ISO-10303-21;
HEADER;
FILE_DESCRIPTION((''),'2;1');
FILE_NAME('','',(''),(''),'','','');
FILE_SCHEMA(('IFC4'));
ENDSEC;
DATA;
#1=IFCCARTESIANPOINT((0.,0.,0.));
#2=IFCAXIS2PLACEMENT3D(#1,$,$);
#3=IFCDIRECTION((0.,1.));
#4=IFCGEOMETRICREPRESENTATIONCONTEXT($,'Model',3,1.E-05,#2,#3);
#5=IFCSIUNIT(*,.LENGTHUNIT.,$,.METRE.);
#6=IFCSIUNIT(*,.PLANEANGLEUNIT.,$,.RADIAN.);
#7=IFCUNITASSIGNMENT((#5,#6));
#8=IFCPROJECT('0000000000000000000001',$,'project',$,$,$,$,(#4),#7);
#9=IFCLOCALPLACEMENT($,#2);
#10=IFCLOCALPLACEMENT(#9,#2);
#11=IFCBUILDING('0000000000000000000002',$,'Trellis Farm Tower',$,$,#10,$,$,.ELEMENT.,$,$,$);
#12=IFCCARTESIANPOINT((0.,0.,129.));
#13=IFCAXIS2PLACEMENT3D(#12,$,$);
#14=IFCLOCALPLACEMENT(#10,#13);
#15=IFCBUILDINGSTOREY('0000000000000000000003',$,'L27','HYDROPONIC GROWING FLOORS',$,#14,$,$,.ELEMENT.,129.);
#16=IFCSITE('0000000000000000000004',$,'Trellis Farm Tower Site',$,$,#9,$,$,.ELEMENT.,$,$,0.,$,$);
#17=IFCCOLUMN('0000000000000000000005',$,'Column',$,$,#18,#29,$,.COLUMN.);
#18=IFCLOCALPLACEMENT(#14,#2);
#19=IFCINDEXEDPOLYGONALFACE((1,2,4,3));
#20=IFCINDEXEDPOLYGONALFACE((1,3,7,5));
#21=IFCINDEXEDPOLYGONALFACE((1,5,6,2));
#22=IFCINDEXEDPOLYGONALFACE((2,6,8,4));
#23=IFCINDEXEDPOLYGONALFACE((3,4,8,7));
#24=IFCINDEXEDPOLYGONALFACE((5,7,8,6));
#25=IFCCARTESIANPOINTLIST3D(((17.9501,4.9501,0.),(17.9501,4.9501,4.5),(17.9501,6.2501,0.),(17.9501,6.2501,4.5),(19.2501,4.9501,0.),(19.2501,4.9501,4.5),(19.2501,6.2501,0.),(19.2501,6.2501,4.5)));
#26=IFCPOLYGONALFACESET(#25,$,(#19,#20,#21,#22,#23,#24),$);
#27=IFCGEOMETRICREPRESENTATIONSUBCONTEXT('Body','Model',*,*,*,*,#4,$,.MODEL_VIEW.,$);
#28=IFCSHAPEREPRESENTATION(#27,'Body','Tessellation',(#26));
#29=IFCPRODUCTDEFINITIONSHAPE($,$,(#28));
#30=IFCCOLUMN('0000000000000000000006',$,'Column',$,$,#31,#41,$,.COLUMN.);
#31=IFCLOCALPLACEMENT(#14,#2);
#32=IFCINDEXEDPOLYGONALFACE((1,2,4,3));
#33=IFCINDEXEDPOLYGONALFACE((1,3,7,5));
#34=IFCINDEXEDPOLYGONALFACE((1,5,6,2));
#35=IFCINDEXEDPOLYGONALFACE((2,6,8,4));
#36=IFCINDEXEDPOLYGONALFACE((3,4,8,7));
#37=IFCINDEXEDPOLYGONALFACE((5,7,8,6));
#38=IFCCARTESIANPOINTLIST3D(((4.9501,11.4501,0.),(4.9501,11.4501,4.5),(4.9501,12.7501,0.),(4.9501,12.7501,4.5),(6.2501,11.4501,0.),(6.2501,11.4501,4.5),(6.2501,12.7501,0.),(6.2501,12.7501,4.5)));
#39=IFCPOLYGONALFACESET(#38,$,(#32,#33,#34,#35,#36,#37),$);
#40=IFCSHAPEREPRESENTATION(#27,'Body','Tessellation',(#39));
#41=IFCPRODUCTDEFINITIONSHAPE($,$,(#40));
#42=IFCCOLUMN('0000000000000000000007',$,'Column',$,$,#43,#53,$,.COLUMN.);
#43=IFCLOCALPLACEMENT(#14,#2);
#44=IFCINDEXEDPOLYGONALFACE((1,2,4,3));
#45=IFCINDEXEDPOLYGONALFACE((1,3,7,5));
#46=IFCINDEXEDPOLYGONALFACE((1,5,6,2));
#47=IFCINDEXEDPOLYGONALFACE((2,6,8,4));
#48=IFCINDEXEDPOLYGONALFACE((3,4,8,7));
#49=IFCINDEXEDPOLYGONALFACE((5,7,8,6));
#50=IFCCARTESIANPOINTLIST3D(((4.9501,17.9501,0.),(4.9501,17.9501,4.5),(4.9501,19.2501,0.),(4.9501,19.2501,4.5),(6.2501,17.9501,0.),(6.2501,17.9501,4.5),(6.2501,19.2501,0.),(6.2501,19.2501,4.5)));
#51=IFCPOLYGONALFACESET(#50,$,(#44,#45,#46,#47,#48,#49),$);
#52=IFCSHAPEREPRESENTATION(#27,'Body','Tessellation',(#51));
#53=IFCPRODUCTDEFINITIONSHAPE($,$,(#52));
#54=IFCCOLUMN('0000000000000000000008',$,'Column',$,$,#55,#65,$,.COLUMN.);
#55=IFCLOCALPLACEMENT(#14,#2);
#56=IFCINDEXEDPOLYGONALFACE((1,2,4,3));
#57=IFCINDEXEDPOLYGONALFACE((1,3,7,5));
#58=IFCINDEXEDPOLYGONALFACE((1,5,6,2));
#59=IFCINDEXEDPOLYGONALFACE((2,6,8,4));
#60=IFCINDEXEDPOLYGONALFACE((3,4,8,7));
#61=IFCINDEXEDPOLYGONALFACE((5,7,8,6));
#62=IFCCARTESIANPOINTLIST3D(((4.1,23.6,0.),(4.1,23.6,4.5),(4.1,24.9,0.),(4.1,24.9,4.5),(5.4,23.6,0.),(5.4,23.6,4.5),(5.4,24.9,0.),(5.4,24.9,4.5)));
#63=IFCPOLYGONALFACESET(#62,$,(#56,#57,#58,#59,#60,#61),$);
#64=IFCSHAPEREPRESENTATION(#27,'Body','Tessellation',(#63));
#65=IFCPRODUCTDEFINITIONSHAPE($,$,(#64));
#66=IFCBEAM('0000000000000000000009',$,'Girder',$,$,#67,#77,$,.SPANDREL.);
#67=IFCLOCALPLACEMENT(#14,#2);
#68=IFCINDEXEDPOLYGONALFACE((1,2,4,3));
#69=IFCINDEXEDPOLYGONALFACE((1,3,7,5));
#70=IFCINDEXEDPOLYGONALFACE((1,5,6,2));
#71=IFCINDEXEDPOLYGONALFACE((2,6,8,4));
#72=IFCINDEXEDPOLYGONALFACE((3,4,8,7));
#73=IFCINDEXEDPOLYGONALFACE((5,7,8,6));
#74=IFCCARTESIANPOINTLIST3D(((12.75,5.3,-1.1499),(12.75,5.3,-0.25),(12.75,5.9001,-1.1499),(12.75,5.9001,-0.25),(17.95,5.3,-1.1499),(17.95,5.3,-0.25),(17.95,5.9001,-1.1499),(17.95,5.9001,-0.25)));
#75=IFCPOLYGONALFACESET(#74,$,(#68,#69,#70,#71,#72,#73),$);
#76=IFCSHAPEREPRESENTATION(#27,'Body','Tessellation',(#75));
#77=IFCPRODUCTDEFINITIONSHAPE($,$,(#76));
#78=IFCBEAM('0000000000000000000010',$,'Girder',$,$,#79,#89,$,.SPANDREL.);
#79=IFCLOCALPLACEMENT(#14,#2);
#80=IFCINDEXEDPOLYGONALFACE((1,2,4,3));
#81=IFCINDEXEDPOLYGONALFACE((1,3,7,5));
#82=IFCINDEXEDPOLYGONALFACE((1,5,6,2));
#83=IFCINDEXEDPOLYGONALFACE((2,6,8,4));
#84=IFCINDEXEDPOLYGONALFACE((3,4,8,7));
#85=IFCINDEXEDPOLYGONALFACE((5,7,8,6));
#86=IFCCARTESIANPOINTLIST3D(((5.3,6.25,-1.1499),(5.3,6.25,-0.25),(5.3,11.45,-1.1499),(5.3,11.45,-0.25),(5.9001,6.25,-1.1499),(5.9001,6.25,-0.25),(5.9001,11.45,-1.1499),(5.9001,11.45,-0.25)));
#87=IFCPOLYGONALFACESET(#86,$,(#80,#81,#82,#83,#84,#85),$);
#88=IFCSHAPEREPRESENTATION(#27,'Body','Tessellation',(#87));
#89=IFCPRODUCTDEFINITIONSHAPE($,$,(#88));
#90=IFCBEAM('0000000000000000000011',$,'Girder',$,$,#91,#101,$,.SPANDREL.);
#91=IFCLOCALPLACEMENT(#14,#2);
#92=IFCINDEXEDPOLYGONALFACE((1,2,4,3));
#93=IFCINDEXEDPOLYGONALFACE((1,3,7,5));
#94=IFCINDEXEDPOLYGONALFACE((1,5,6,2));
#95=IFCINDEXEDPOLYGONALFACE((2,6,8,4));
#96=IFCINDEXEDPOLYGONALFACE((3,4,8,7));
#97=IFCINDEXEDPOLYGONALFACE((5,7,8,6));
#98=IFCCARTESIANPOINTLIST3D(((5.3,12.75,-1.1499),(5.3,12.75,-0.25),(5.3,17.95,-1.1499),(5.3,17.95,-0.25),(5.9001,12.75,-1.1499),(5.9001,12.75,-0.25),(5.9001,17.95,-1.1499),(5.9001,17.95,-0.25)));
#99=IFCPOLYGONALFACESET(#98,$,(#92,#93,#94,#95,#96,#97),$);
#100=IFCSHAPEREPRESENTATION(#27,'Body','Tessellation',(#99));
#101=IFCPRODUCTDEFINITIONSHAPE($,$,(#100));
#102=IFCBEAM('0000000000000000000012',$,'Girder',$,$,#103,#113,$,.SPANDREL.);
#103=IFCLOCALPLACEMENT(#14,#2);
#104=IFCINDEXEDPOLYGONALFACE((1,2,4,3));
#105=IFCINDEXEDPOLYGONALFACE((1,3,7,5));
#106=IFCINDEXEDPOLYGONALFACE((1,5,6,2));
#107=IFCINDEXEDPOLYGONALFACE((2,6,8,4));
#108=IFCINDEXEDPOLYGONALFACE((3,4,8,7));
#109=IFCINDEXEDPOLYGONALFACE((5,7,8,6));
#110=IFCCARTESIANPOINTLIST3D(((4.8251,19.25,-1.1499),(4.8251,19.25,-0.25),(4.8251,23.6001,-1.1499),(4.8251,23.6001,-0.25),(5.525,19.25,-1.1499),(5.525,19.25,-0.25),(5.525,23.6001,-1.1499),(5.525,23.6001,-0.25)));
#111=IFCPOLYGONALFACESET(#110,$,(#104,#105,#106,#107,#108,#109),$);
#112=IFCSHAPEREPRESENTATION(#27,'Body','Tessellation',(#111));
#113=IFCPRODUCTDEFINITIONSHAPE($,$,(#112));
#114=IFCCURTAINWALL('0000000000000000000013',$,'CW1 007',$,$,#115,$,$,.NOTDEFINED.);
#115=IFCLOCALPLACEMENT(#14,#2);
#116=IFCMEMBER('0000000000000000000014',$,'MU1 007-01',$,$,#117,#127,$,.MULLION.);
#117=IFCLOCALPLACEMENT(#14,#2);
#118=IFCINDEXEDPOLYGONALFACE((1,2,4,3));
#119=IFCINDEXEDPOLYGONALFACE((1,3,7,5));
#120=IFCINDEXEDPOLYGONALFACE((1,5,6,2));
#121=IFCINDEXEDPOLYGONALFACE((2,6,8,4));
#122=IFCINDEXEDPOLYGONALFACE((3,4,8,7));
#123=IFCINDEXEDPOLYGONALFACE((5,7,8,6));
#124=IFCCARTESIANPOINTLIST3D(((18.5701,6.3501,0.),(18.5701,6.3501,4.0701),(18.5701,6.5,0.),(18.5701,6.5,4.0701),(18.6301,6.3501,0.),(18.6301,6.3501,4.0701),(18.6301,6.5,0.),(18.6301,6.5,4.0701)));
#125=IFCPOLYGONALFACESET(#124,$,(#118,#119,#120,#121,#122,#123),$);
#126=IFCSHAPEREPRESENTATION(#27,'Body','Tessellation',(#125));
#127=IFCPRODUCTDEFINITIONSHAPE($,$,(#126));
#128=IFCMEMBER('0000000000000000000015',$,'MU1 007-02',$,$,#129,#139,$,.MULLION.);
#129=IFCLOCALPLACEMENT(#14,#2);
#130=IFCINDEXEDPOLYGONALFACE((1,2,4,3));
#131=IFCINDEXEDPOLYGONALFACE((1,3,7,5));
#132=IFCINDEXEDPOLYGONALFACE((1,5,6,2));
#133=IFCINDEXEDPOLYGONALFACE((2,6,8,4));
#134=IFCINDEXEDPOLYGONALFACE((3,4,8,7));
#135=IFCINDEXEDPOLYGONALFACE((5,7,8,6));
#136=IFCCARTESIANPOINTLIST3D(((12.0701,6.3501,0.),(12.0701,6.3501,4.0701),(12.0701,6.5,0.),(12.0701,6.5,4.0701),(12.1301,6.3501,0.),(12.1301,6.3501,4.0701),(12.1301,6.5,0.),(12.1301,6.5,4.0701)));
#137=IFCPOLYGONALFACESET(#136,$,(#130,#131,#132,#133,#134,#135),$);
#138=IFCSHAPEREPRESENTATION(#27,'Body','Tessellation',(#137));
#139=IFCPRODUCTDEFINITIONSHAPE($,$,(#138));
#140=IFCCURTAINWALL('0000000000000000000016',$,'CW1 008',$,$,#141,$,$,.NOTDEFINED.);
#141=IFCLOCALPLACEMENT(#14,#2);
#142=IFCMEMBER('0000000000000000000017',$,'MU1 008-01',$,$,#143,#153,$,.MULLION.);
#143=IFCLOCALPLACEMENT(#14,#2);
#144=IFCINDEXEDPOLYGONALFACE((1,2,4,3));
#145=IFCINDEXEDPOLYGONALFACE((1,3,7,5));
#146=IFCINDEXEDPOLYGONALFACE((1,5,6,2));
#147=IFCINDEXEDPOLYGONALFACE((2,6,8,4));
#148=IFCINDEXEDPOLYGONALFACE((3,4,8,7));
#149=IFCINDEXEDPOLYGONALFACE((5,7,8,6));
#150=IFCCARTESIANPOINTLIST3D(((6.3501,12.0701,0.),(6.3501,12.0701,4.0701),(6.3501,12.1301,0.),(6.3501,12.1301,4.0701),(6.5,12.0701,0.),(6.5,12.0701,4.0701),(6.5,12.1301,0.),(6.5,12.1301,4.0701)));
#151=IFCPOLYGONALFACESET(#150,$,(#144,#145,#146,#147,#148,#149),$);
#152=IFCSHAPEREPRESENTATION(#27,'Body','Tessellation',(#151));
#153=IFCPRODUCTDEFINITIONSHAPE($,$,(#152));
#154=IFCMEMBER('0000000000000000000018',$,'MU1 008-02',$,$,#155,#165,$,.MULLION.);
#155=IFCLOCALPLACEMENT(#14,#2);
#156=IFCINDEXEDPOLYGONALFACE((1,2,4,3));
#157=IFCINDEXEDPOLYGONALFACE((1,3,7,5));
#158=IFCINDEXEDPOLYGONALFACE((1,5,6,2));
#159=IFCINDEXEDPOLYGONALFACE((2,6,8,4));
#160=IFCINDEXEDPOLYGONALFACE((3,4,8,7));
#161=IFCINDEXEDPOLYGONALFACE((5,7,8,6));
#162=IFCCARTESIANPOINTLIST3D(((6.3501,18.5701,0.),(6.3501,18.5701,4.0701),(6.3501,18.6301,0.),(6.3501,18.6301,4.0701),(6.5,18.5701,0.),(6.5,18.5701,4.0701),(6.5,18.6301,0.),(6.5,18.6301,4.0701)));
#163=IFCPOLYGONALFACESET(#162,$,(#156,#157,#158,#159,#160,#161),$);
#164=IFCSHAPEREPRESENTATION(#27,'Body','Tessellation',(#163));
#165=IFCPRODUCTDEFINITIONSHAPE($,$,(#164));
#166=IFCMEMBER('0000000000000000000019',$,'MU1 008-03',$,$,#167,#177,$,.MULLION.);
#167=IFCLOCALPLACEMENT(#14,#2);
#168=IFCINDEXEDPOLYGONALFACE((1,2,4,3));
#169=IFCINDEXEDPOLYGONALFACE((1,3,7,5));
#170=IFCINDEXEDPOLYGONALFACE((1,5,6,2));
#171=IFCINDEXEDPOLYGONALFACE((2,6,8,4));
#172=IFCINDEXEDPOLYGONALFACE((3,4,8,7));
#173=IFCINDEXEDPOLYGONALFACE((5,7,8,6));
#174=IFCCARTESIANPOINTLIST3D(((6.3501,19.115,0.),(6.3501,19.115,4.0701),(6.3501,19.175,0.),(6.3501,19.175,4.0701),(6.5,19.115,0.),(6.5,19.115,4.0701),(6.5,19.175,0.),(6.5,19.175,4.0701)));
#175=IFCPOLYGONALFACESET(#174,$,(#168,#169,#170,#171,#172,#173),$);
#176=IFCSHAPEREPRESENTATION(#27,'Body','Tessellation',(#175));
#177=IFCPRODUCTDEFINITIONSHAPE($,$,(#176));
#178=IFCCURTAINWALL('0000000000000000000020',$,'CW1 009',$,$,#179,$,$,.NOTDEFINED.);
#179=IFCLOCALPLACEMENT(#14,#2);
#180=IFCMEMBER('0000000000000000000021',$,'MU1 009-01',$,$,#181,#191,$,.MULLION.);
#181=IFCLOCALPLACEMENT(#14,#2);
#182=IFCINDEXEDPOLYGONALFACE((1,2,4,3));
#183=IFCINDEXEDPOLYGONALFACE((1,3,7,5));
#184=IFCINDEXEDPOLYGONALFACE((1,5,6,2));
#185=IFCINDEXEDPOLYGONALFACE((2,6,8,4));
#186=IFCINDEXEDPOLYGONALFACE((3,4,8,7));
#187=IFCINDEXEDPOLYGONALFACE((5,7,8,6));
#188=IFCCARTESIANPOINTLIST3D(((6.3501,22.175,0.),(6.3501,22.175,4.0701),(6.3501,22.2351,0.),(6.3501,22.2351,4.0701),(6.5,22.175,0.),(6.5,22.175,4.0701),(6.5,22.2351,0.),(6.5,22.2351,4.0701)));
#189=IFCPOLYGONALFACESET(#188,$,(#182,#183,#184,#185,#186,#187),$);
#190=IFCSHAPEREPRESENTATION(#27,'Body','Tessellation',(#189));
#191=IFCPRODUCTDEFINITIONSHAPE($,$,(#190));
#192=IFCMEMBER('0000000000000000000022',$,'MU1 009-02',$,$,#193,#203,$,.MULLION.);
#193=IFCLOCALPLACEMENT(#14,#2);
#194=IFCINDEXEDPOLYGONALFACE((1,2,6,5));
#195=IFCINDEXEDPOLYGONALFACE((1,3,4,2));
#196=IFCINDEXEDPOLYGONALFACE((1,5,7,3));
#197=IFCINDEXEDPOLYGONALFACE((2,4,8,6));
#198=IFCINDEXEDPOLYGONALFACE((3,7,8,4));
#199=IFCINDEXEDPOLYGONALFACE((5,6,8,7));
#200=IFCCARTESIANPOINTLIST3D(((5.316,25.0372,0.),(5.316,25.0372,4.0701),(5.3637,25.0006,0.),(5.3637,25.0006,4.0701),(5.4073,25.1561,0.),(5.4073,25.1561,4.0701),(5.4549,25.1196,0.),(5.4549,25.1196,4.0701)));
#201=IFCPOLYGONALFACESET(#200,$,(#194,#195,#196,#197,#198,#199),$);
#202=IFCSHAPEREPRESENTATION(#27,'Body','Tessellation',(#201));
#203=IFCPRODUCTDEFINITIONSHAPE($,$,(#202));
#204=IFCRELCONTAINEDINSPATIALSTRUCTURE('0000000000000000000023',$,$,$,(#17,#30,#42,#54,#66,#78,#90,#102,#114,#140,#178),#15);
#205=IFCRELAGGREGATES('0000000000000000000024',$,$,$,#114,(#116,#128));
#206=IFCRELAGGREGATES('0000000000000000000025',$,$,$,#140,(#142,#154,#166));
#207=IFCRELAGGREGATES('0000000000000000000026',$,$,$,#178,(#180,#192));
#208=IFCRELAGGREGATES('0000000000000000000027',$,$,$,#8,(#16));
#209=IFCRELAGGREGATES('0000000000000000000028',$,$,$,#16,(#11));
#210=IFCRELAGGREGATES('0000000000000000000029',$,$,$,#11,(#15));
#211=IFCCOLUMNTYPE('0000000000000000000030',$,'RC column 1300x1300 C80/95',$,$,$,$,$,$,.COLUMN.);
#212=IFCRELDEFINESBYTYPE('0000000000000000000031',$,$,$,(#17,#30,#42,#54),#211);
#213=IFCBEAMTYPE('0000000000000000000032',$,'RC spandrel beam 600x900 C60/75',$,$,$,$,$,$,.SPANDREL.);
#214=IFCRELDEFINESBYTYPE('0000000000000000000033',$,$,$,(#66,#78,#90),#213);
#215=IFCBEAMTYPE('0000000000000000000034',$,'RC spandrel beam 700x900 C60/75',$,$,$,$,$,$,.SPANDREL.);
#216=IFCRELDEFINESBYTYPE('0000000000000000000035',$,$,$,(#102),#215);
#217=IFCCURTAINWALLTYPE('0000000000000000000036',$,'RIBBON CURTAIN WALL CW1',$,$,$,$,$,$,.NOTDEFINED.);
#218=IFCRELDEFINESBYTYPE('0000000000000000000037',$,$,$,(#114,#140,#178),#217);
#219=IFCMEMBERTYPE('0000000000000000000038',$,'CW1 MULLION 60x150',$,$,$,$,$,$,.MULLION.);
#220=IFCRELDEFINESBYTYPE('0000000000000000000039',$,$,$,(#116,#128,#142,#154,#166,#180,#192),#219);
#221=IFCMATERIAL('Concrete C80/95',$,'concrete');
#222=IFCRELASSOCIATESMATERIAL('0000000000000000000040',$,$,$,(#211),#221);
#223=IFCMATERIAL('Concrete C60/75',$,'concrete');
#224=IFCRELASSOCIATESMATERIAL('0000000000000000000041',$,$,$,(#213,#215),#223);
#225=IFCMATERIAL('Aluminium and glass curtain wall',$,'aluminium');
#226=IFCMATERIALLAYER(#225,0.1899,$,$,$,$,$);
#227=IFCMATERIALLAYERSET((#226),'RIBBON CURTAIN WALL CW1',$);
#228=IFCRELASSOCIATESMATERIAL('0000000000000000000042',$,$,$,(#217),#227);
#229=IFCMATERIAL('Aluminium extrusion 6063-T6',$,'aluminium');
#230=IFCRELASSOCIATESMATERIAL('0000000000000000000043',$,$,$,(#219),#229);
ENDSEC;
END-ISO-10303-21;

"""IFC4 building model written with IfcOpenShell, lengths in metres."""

from ifc_helpers import new_model, si_unit, direction, frame, origin, origin_2d, place, context, subcontext, project, spatial, rectangle, extrude, source, transform, mapped, material, layer, layer_set, material_profile, profile_set, type_object, element, aggregate, save


model = new_model("IFC4")

# Units and contexts
model_context = context("Model", 3, precision=1e-05, world=origin(), true_north=direction((0.0, 1.0)))
body_context = subcontext(model_context, "Body", "Model", "MODEL_VIEW")
ifc_project = project(units=[si_unit("LENGTHUNIT", "METRE"), si_unit("PLANEANGLEUNIT", "RADIAN")], contexts=[model_context])

# Site, building, storey
site_placement = place(None, origin())
site = spatial("IfcSite", under=ifc_project, at=site_placement, Name="Trellis Farm Tower Site", CompositionType="ELEMENT", RefElevation=0.0)
building_placement = place(site_placement, origin())
building = spatial("IfcBuilding", under=site, at=building_placement, Name="Trellis Farm Tower", CompositionType="ELEMENT")
storey_placement = place(building_placement, frame((0.0, 0.0, 129.0)))
storey = spatial("IfcBuildingStorey", under=building, at=storey_placement, Name="L27", Description="HYDROPONIC GROWING FLOORS", CompositionType="ELEMENT", Elevation=129.0)

# Columns
ifc_material_1 = material(Name="Concrete C80/95", Category="concrete")
ifc_material_profile_1 = material_profile(ifc_material_1, rectangle(XDim=1.3, YDim=1.3, at=origin_2d()), Name="RC column 1300x1300 C80/95")
ifc_profile_set_1 = profile_set([ifc_material_profile_1], Name="Concrete C80/95")
column_type = type_object("IfcColumnType", Name="RC column 1300x1300 C80/95", PredefinedType="COLUMN", material=ifc_profile_set_1)
shared_shape_1 = source(origin(), body_context, "Body", "SweptSolid", [
    extrude(rectangle(XDim=1.3, YDim=1.3, at=origin_2d()), origin(), (0.0, 0.0, 1.0), 4.5),
])
for number, where, z_axis, x_axis, name in (
    (1, (18.6001, 5.6001, 0.0), (0.0, 0.0, 1.0), (1.0, 0.0, 0.0), "Column"),
    (2, (5.6001, 12.1001, 0.0), (0.0, 0.0, 1.0), (1.0, 0.0, 0.0), "Column"),
    (3, (5.6001, 18.6001, 0.0), (0.0, 0.0, 1.0), (1.0, 0.0, 0.0), "Column"),
    (4, (4.75, 24.25, 0.0), (0.0, 0.0, 1.0), (1.0, 0.0, 0.0), "Column"),
):
    element("IfcColumn", number, at=place(storey_placement, frame(where, z_axis=z_axis, x_axis=x_axis)), inside=storey, type_object=column_type, Name=name, PredefinedType="COLUMN", context=body_context, shape_type="MappedRepresentation", body=[
        mapped(shared_shape_1, transform((0.0, 0.0, 0.0))),
    ])

# Beams
ifc_material_2 = material(Name="Concrete C60/75", Category="concrete")
ifc_material_profile_2 = material_profile(ifc_material_2, rectangle(XDim=0.6001, YDim=0.8999, at=origin_2d()), Name="RC spandrel beam 600x900 C60/75")
ifc_profile_set_2 = profile_set([ifc_material_profile_2], Name="Concrete C60/75")
beam_type_1 = type_object("IfcBeamType", Name="RC spandrel beam 600x900 C60/75", PredefinedType="SPANDREL", material=ifc_profile_set_2)
shared_shape_2 = source(origin(), body_context, "Body", "SweptSolid", [
    extrude(rectangle(XDim=0.6001, YDim=0.8999, at=origin_2d()), origin(), (0.0, 0.0, 1.0), 5.2),
])
for number, where, z_axis, x_axis, name in (
    (5, (12.75, 5.6001, -0.7), (1.0, 0.0, 0.0), (0.0, 1.0, 0.0), "Girder"),
    (6, (5.6001, 6.25, -0.7), (0.0, 1.0, 0.0), (-1.0, 0.0, 0.0), "Girder"),
    (7, (5.6001, 12.75, -0.7), (0.0, 1.0, 0.0), (-1.0, 0.0, 0.0), "Girder"),
):
    element("IfcBeam", number, at=place(storey_placement, frame(where, z_axis=z_axis, x_axis=x_axis)), inside=storey, type_object=beam_type_1, Name=name, PredefinedType="SPANDREL", context=body_context, shape_type="MappedRepresentation", body=[
        mapped(shared_shape_2, transform((0.0, 0.0, 0.0))),
    ])
ifc_material_profile_3 = material_profile(ifc_material_2, rectangle(XDim=0.7, YDim=0.8999, at=origin_2d()), Name="RC spandrel beam 700x900 C60/75")
ifc_profile_set_3 = profile_set([ifc_material_profile_3], Name="Concrete C60/75")
beam_type_2 = type_object("IfcBeamType", Name="RC spandrel beam 700x900 C60/75", PredefinedType="SPANDREL", material=ifc_profile_set_3)
shared_shape_3 = source(origin(), body_context, "Body", "SweptSolid", [
    extrude(rectangle(XDim=0.7, YDim=0.8999, at=origin_2d()), origin(), (0.0, 0.0, 1.0), 4.3501),
])
beam_placement = place(storey_placement, frame((5.175, 19.25, -0.7), z_axis=(0.0, 1.0, 0.0), x_axis=(-1.0, 0.0, 0.0)))
element("IfcBeam", 8, at=beam_placement, inside=storey, type_object=beam_type_2, Name="Girder", PredefinedType="SPANDREL", context=body_context, shape_type="MappedRepresentation", body=[
    mapped(shared_shape_3, transform((0.0, 0.0, 0.0))),
])

# Curtain walls, members
ifc_material_3 = material(Name="Aluminium and glass curtain wall", Category="aluminium")
ifc_layer_1 = layer(ifc_material_3, 0.1899)
ifc_layer_set_1 = layer_set([ifc_layer_1], Name="RIBBON CURTAIN WALL CW1")
curtain_wall_type_1 = type_object("IfcCurtainWallType", Name="RIBBON CURTAIN WALL CW1", PredefinedType="NOTDEFINED", material=ifc_layer_set_1)
placement = place(storey_placement, origin())
curtain_wall_1 = element("IfcCurtainWall", 9, at=placement, inside=storey, type_object=curtain_wall_type_1, Name="CW1 007", PredefinedType="NOTDEFINED")
ifc_material_4 = material(Name="Aluminium extrusion 6063-T6", Category="aluminium")
ifc_material_profile_4 = material_profile(ifc_material_4, rectangle(XDim=0.0601, YDim=0.1499, at=origin_2d()), Name="MULLION 60x150")
ifc_profile_set_4 = profile_set([ifc_material_profile_4], Name="Aluminium extrusion 6063-T6")
member_type_1 = type_object("IfcMemberType", Name="CW1 MULLION 60x150", PredefinedType="MULLION", material=ifc_profile_set_4)
shared_shape_4 = source(origin(), body_context, "Body", "SweptSolid", [
    extrude(rectangle(XDim=0.0601, YDim=0.1499, at=origin_2d()), origin(), (0.0, 0.0, 1.0), 4.0701),
])
member_1_placement = place(storey_placement, frame((18.6001, 6.425, 0.0), z_axis=(0.0, 0.0, 1.0), x_axis=(-1.0, 0.0, 0.0)))
member_1 = element("IfcMember", 10, at=member_1_placement, type_object=member_type_1, Name="MU1 007-01", PredefinedType="MULLION", context=body_context, shape_type="MappedRepresentation", body=[
    mapped(shared_shape_4, transform((0.0, 0.0, 0.0))),
])
member_2_placement = place(storey_placement, frame((12.1001, 6.425, 0.0), z_axis=(0.0, 0.0, 1.0), x_axis=(-1.0, 0.0, 0.0)))
member_2 = element("IfcMember", 11, at=member_2_placement, type_object=member_type_1, Name="MU1 007-02", PredefinedType="MULLION", context=body_context, shape_type="MappedRepresentation", body=[
    mapped(shared_shape_4, transform((0.0, 0.0, 0.0))),
])
aggregate(curtain_wall_1, [member_1, member_2])
curtain_wall_2 = element("IfcCurtainWall", 12, at=placement, inside=storey, type_object=curtain_wall_type_1, Name="CW1 008", PredefinedType="NOTDEFINED")
member_3_placement = place(storey_placement, frame((6.425, 12.1001, 0.0), z_axis=(0.0, 0.0, 1.0), x_axis=(0.0, 1.0, 0.0)))
member_3 = element("IfcMember", 13, at=member_3_placement, type_object=member_type_1, Name="MU1 008-01", PredefinedType="MULLION", context=body_context, shape_type="MappedRepresentation", body=[
    mapped(shared_shape_4, transform((0.0, 0.0, 0.0))),
])
member_4_placement = place(storey_placement, frame((6.425, 18.6001, 0.0), z_axis=(0.0, 0.0, 1.0), x_axis=(0.0, 1.0, 0.0)))
member_4 = element("IfcMember", 14, at=member_4_placement, type_object=member_type_1, Name="MU1 008-02", PredefinedType="MULLION", context=body_context, shape_type="MappedRepresentation", body=[
    mapped(shared_shape_4, transform((0.0, 0.0, 0.0))),
])
member_5_placement = place(storey_placement, frame((6.425, 19.145, 0.0), z_axis=(0.0, 0.0, 1.0), x_axis=(0.0, 1.0, 0.0)))
member_5 = element("IfcMember", 15, at=member_5_placement, type_object=member_type_1, Name="MU1 008-03", PredefinedType="MULLION", context=body_context, shape_type="MappedRepresentation", body=[
    mapped(shared_shape_4, transform((0.0, 0.0, 0.0))),
])
aggregate(curtain_wall_2, [member_3, member_4, member_5])
curtain_wall_3 = element("IfcCurtainWall", 16, at=placement, inside=storey, type_object=curtain_wall_type_1, Name="CW1 009", PredefinedType="NOTDEFINED")
member_6_placement = place(storey_placement, frame((6.425, 22.2051, 0.0), z_axis=(0.0, 0.0, 1.0), x_axis=(0.0, 1.0, 0.0)))
member_6 = element("IfcMember", 17, at=member_6_placement, type_object=member_type_1, Name="MU1 009-01", PredefinedType="MULLION", context=body_context, shape_type="MappedRepresentation", body=[
    mapped(shared_shape_4, transform((0.0, 0.0, 0.0))),
])
member_7_placement = place(storey_placement, frame((5.3855, 25.0784, 0.0), z_axis=(0.0, 0.0, 1.0), x_axis=(-0.793353, 0.608761, 0.0)))
member_7 = element("IfcMember", 18, at=member_7_placement, type_object=member_type_1, Name="MU1 009-02", PredefinedType="MULLION", context=body_context, shape_type="MappedRepresentation", body=[
    mapped(shared_shape_4, transform((0.0, 0.0, 0.0))),
])
aggregate(curtain_wall_3, [member_6, member_7])

save(model, "model.ifc")
